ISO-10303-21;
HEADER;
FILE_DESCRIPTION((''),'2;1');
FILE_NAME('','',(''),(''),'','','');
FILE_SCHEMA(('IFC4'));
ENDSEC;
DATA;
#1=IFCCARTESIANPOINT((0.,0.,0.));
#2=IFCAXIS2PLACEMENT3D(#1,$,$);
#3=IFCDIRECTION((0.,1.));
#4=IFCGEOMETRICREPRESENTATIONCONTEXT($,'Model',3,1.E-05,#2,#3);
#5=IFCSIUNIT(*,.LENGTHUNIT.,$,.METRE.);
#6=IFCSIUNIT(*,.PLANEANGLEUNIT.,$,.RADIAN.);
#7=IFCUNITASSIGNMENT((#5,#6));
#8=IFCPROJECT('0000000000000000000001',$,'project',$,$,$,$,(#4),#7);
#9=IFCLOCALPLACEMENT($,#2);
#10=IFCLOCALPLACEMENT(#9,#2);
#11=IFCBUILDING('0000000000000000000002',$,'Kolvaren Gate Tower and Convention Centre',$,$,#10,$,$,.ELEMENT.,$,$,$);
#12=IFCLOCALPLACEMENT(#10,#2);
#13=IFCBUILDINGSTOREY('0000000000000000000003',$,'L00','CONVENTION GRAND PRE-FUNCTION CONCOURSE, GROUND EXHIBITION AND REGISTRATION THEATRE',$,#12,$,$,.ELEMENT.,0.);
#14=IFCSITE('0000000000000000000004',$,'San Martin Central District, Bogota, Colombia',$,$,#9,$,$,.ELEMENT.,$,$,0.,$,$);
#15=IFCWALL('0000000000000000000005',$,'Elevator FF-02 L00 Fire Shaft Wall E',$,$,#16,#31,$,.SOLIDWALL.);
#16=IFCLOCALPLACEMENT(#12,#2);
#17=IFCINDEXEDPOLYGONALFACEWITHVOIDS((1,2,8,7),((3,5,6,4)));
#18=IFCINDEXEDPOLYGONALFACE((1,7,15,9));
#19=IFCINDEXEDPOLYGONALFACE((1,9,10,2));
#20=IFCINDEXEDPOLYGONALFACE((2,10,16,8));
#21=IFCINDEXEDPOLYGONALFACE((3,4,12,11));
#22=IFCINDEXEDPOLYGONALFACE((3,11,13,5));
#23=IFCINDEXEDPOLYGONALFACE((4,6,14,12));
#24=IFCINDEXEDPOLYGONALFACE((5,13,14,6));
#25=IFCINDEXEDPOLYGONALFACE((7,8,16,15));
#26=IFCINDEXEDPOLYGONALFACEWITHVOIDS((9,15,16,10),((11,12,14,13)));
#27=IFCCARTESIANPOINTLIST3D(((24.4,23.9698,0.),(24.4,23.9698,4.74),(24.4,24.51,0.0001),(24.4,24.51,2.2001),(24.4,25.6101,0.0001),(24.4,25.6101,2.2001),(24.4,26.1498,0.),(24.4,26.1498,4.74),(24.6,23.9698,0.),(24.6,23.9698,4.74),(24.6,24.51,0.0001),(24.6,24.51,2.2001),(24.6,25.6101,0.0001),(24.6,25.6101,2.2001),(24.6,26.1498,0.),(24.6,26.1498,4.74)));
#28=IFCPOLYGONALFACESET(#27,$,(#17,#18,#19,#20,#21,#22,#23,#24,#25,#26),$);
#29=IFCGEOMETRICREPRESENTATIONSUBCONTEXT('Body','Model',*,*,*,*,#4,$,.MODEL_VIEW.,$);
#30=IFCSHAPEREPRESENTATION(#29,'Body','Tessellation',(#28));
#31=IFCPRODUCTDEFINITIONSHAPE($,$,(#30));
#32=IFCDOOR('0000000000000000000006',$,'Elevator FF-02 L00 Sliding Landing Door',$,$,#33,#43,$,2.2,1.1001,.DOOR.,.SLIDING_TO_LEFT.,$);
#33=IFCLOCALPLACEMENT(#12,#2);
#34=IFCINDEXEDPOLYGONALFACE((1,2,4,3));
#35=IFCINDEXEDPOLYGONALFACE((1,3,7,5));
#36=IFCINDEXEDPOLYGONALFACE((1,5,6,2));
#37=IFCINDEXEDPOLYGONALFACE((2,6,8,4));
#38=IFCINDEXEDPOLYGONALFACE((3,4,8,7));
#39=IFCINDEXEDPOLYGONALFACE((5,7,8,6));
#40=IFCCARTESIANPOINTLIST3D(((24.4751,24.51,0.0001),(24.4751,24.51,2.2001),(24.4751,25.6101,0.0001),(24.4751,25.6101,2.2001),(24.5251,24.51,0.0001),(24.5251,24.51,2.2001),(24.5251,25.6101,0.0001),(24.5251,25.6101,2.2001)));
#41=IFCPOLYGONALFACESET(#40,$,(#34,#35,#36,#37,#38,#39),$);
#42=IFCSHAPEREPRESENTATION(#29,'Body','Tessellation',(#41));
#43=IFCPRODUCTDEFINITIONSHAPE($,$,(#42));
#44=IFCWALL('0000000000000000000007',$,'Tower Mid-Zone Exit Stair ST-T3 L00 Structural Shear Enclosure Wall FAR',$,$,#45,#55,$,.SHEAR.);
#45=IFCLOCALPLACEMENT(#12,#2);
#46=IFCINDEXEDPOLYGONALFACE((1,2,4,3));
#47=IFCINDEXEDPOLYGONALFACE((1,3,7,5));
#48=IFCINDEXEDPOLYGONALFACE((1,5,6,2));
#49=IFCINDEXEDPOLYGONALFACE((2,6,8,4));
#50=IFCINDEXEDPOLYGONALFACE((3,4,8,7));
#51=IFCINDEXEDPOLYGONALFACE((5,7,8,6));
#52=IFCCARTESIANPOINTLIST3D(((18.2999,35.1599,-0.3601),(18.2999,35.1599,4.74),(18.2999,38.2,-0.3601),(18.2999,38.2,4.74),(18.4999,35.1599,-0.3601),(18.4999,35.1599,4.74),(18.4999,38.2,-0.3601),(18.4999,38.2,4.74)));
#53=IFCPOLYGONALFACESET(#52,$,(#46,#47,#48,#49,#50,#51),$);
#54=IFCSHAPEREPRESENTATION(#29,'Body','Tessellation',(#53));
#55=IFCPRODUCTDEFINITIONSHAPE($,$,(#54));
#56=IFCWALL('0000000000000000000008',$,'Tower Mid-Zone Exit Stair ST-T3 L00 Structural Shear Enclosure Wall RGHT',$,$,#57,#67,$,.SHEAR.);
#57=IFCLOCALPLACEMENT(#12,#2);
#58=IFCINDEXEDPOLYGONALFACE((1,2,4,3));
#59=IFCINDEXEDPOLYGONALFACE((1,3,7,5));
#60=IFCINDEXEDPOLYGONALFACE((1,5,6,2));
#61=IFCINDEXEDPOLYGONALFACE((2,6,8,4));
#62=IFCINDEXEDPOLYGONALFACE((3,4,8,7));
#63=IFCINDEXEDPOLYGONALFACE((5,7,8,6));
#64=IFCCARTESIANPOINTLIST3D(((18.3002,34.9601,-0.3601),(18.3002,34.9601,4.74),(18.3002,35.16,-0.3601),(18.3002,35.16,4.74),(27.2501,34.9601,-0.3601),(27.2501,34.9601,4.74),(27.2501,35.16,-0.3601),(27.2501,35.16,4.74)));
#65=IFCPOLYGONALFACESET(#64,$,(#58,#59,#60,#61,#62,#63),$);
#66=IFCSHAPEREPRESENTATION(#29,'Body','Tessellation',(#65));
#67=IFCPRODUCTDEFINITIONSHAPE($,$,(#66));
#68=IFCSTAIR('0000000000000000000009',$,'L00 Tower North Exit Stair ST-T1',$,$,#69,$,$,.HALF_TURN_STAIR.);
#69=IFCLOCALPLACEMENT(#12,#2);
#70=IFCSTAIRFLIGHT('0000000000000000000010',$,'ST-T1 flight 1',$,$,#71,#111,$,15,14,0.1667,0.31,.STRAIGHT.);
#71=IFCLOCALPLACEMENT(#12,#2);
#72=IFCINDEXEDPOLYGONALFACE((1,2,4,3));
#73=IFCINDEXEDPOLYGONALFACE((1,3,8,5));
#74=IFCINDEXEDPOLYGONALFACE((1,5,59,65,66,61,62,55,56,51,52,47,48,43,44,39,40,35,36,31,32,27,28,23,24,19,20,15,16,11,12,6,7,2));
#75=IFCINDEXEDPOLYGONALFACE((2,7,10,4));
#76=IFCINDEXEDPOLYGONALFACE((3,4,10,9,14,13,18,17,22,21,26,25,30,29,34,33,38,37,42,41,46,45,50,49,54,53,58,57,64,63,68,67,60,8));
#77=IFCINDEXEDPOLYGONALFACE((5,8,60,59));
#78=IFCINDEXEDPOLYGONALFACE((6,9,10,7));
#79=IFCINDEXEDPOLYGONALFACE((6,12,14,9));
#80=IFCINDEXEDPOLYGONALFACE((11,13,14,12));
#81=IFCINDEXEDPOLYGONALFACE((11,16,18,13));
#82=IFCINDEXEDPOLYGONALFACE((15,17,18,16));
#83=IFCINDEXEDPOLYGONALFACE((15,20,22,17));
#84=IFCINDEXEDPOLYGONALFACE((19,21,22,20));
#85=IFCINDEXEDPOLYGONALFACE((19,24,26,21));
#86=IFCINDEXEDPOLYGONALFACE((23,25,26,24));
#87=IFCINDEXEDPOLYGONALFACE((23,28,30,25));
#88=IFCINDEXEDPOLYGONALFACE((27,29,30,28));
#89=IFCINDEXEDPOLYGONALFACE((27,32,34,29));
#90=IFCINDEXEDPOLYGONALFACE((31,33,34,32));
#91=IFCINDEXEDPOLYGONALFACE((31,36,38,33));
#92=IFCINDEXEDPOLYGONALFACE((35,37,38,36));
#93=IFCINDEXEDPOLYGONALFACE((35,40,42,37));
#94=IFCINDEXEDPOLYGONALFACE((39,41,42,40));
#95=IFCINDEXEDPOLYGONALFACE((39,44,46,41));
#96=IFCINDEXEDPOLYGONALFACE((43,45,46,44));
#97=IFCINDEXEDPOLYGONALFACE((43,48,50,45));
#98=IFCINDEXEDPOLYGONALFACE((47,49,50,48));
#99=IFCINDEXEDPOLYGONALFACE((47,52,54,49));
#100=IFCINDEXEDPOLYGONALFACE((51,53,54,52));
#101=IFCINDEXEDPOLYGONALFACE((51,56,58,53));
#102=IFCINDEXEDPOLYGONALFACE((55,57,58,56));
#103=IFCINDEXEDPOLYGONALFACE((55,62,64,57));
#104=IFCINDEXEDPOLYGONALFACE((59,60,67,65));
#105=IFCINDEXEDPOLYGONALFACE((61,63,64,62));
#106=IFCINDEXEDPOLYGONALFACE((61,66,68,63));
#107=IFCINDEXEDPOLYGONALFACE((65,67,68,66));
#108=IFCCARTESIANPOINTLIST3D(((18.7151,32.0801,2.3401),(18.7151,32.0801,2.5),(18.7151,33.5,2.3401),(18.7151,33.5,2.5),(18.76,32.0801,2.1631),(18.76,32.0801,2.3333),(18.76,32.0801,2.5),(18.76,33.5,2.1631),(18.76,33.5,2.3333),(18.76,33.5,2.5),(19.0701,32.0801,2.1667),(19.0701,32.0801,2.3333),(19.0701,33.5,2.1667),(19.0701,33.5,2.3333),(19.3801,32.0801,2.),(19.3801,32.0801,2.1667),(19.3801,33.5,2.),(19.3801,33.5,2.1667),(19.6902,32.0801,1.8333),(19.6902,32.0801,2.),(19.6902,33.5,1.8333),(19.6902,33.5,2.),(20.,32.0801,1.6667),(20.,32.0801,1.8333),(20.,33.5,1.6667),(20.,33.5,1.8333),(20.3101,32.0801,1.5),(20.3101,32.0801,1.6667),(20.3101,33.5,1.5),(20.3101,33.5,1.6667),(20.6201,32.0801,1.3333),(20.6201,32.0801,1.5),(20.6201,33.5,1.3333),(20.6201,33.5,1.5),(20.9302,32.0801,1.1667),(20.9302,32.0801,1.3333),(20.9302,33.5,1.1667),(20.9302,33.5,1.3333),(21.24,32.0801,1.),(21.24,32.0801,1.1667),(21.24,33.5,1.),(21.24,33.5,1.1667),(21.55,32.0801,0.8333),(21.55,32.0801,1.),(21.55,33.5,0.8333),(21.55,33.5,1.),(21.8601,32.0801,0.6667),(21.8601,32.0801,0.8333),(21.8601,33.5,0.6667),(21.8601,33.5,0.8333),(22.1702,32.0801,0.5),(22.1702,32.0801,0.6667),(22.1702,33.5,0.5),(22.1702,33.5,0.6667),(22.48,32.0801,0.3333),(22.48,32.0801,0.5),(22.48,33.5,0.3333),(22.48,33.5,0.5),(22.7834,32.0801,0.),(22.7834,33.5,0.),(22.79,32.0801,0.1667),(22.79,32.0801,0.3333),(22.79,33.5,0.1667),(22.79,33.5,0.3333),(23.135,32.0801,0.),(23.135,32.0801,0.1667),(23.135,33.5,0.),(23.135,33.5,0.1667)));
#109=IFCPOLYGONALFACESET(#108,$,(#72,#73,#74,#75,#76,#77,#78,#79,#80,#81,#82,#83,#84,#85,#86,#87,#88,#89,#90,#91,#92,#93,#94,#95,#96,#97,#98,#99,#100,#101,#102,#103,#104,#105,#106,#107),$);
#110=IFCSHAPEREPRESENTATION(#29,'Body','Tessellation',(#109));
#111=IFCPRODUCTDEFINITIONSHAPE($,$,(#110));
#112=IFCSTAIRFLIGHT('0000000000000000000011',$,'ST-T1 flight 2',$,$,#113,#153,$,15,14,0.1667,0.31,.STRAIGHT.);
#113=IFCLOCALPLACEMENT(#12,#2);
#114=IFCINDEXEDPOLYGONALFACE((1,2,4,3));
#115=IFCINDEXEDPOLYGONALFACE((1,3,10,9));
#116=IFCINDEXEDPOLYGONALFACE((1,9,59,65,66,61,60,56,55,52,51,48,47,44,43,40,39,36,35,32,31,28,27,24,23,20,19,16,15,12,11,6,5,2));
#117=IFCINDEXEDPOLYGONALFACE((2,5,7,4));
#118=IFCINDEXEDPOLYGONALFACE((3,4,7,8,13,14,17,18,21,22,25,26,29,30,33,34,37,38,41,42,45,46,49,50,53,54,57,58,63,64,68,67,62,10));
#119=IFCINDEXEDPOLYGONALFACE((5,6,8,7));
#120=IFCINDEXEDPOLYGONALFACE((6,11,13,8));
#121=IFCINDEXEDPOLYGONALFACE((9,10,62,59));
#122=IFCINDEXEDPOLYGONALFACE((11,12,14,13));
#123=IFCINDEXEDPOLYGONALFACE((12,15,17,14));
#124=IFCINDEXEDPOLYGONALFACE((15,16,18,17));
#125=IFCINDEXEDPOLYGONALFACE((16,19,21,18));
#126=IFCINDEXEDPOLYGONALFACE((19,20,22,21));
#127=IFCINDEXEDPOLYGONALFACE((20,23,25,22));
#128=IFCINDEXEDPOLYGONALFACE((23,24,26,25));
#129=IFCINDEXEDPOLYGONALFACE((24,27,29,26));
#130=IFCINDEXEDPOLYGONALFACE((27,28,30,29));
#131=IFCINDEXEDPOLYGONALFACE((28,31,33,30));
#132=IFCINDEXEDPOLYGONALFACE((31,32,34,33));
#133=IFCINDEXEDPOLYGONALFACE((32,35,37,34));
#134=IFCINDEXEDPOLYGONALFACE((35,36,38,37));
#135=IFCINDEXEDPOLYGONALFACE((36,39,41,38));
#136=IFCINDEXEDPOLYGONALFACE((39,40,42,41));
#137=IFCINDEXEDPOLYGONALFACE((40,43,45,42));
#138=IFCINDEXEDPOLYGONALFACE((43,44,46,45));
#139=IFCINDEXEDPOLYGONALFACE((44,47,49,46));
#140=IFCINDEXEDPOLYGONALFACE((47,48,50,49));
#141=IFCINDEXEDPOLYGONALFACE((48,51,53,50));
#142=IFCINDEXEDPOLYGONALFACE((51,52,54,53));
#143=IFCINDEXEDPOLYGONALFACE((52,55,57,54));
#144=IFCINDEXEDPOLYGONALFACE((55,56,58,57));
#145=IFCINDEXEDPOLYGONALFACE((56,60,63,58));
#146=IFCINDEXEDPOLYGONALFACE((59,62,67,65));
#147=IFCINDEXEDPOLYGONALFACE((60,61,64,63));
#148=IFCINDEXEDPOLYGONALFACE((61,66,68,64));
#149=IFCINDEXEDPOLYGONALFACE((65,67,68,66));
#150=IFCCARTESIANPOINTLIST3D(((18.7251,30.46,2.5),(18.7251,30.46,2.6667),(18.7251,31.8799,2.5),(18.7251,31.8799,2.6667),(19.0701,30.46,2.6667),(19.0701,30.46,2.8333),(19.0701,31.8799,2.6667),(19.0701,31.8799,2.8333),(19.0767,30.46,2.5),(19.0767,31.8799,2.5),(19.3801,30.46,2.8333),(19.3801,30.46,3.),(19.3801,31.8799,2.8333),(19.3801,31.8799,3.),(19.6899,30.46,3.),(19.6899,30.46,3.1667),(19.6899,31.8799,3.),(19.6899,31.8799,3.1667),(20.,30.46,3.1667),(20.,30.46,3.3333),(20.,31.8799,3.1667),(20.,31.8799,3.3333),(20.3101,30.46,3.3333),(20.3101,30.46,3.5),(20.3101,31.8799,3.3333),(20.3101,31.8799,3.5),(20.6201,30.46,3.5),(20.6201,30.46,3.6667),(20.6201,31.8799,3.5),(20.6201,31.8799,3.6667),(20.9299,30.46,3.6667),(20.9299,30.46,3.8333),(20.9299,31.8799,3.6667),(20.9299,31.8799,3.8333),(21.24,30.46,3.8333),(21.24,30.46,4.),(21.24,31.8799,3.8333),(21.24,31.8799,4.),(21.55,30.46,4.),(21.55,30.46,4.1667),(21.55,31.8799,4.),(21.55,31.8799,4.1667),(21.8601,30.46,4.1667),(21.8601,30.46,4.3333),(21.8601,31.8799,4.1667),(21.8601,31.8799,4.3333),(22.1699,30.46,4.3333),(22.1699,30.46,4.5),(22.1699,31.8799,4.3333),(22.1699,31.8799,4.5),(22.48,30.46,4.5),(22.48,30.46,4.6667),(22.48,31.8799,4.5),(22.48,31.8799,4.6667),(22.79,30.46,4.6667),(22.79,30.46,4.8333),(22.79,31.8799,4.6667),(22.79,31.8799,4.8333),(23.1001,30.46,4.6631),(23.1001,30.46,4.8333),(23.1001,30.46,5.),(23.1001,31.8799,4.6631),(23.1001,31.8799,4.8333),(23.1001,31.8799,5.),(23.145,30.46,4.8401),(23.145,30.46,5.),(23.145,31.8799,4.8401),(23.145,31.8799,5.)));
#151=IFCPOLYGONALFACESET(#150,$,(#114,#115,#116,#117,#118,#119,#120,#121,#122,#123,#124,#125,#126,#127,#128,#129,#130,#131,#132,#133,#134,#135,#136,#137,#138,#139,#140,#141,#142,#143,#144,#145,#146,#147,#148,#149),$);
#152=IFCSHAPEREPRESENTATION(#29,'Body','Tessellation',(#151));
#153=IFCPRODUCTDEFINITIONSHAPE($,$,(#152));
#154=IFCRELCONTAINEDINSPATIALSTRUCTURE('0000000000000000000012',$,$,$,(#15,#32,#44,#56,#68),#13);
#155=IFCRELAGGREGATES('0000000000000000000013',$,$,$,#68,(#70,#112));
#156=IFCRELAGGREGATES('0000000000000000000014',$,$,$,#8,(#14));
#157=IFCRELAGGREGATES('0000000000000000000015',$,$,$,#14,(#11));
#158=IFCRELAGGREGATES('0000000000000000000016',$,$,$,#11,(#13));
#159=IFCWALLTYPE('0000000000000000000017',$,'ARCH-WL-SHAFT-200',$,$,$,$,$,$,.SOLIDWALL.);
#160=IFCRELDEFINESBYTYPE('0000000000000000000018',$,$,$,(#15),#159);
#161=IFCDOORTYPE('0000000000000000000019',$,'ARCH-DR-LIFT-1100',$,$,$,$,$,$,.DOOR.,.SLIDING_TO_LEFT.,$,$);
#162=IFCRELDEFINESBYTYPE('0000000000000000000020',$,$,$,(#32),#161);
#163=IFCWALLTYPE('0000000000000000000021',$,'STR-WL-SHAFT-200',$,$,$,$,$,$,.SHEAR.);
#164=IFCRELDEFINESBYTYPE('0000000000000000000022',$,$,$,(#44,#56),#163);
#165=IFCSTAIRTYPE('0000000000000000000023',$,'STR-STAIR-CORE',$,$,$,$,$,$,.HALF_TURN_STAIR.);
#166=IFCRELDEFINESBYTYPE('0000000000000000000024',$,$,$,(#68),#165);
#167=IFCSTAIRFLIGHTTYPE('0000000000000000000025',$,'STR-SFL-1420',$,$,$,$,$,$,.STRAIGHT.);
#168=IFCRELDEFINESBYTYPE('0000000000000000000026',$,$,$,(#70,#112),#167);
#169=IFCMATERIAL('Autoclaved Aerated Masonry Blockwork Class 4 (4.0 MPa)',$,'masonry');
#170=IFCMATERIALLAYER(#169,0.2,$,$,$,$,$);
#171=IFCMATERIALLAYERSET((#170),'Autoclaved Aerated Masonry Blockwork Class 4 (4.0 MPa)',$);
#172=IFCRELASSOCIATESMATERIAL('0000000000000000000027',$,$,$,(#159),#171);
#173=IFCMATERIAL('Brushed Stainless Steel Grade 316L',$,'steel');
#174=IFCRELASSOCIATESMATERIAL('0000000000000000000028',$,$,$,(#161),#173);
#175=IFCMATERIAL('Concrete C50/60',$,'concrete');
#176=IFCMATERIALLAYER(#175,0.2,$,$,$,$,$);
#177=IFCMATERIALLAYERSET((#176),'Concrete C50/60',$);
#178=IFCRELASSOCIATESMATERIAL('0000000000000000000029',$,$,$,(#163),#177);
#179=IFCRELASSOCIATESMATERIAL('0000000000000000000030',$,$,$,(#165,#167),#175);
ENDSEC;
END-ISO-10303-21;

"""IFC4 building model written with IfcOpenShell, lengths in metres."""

from ifc_helpers import new_model, si_unit, direction, frame, frame_2d, origin, place, context, subcontext, project, spatial, polyline, rectangle, outline, extrude, material, layer, layer_set, type_object, element, fill, aggregate, save


model = new_model("IFC4")

# Units and contexts
model_context = context("Model", 3, precision=1e-05, world=origin(), true_north=direction((0.0, 1.0)))
body_context = subcontext(model_context, "Body", "Model", "MODEL_VIEW")
ifc_project = project(units=[si_unit("LENGTHUNIT", "METRE"), si_unit("PLANEANGLEUNIT", "RADIAN")], contexts=[model_context])

# Site, building, storey
site_placement = place(None, origin())
site = spatial("IfcSite", under=ifc_project, at=site_placement, Name="San Martin Central District, Bogota, Colombia", CompositionType="ELEMENT", RefElevation=0.0)
building_placement = place(site_placement, origin())
building = spatial("IfcBuilding", under=site, at=building_placement, Name="Kolvaren Gate Tower and Convention Centre", CompositionType="ELEMENT")
storey_placement = place(building_placement, origin())
storey = spatial("IfcBuildingStorey", under=building, at=storey_placement, Name="L00", Description="CONVENTION GRAND PRE-FUNCTION CONCOURSE, GROUND EXHIBITION AND REGISTRATION THEATRE", CompositionType="ELEMENT", Elevation=0.0)

# Shared definitions
ifc_material_1 = material(Name="Autoclaved Aerated Masonry Blockwork Class 4 (4.0 MPa)", Category="masonry")
ifc_layer_1 = layer(ifc_material_1, 0.2)
ifc_layer_set_1 = layer_set([ifc_layer_1], Name="Autoclaved Aerated Masonry Blockwork Class 4 (4.0 MPa)")
wall_type_1 = type_object("IfcWallType", Name="ARCH-WL-SHAFT-200", PredefinedType="SOLIDWALL", material=ifc_layer_set_1)

# Shared definitions
ifc_material_2 = material(Name="Brushed Stainless Steel Grade 316L", Category="steel")
door_type = type_object("IfcDoorType", Name="ARCH-DR-LIFT-1100", OperationType="SLIDING_TO_LEFT", PredefinedType="DOOR", material=ifc_material_2)

# Wall, opening, door
wall_1_placement = place(storey_placement, frame((24.5, 23.97, 0.0), z_axis=(0.0, 0.0, 1.0), x_axis=(0.0, 1.0, 0.0)))
wall_1 = element("IfcWall", 1, at=wall_1_placement, inside=storey, type_object=wall_type_1, Name="Elevator FF-02 L00 Fire Shaft Wall E", PredefinedType="SOLIDWALL", context=body_context, shape_type="SweptSolid", body=[
    extrude(rectangle(XDim=2.1799, YDim=0.2, at=frame_2d((1.0898, 0.0))), origin(), (0.0, 0.0, 1.0), 4.74),
])
opening_1_placement = place(wall_1_placement, frame((0.54, 0.0, 0.0)))
opening_1 = element("IfcOpeningElement", 2, at=opening_1_placement, cuts=wall_1, PredefinedType="OPENING", context=body_context, shape_type="SweptSolid", body=[
    extrude(rectangle(XDim=1.1001, YDim=2.2, at=frame_2d((0.55, 1.1001))), frame((0.0, 0.1099, 0.0), z_axis=(0.0, -1.0, 0.0), x_axis=(1.0, 0.0, 0.0)), (0.0, 0.0, 1.0), 0.22),
])
door_1_placement = place(opening_1_placement, origin())
door_1 = element("IfcDoor", 3, at=door_1_placement, inside=storey, type_object=door_type, Name="Elevator FF-02 L00 Sliding Landing Door", OperationType="SLIDING_TO_LEFT", OverallHeight=2.2, OverallWidth=1.1001, PredefinedType="DOOR", context=body_context, shape_type="SweptSolid", body=[
    extrude(rectangle(XDim=1.1001, YDim=2.2, at=frame_2d((0.55, 1.1001))), frame((0.0, 0.0249, 0.0), z_axis=(0.0, -1.0, 0.0), x_axis=(1.0, 0.0, 0.0)), (0.0, 0.0, 1.0), 0.05),
])
fill(opening_1, door_1)

# Walls
ifc_material_3 = material(Name="Concrete C50/60", Category="concrete")
ifc_layer_2 = layer(ifc_material_3, 0.2)
ifc_layer_set_2 = layer_set([ifc_layer_2], Name="Concrete C50/60")
wall_type_2 = type_object("IfcWallType", Name="STR-WL-SHAFT-200", PredefinedType="SHEAR", material=ifc_layer_set_2)
wall_2_placement = place(storey_placement, frame((18.3999, 35.1599, -0.3601), z_axis=(0.0, 0.0, 1.0), x_axis=(0.0, 1.0, 0.0)))
element("IfcWall", 4, at=wall_2_placement, inside=storey, type_object=wall_type_2, Name="Tower Mid-Zone Exit Stair ST-T3 L00 Structural Shear Enclosure Wall FAR", PredefinedType="SHEAR", context=body_context, shape_type="SweptSolid", body=[
    extrude(rectangle(XDim=3.04, YDim=0.2, at=frame_2d((1.52, 0.0))), origin(), (0.0, 0.0, 1.0), 5.1001),
])
wall_3_placement = place(storey_placement, frame((18.3, 35.0601, -0.3601), z_axis=(0.0, 0.0, 1.0), x_axis=(1.0, 0.0, 0.0)))
element("IfcWall", 5, at=wall_3_placement, inside=storey, type_object=wall_type_2, Name="Tower Mid-Zone Exit Stair ST-T3 L00 Structural Shear Enclosure Wall RGHT", PredefinedType="SHEAR", context=body_context, shape_type="SweptSolid", body=[
    extrude(rectangle(XDim=8.95, YDim=0.2, at=frame_2d((4.4751, 0.0))), origin(), (0.0, 0.0, 1.0), 5.1001),
])

# Stair, stair flights
stair_type = type_object("IfcStairType", Name="STR-STAIR-CORE", PredefinedType="HALF_TURN_STAIR", material=ifc_material_3)
stair_1_placement = place(storey_placement, origin())
stair_1 = element("IfcStair", 6, at=stair_1_placement, inside=storey, type_object=stair_type, Name="L00 Tower North Exit Stair ST-T1", PredefinedType="HALF_TURN_STAIR")
stair_flight_type = type_object("IfcStairFlightType", Name="STR-SFL-1420", PredefinedType="STRAIGHT", material=ifc_material_3)
stair_flight_1_placement = place(storey_placement, frame((23.1001, 32.79, 0.0), z_axis=(0.0, 0.0, 1.0), x_axis=(-1.0, 0.0, 0.0)))
stair_flight_1 = element("IfcStairFlight", 7, at=stair_flight_1_placement, type_object=stair_flight_type, Name="ST-T1 flight 1", NumberOfRisers=15, NumberOfTreads=14, PredefinedType="STRAIGHT", RiserHeight=0.1667, TreadLength=0.31, context=body_context, shape_type="SweptSolid", body=[
    extrude(outline(polyline([(-0.0349, 0.0), (-0.0349, 0.1667), (0.3101, 0.1667), (0.3101, 0.3333), (0.6201, 0.3333), (0.6201, 0.5), (0.9299, 0.5), (0.9299, 0.6667), (1.24, 0.6667), (1.24, 0.8333), (1.55, 0.8333), (1.55, 1.0), (1.8601, 1.0), (1.8601, 1.1667), (2.1699, 1.1667), (2.1699, 1.3333), (2.48, 1.3333), (2.48, 1.5), (2.79, 1.5), (2.79, 1.6667), (3.1001, 1.6667), (3.1001, 1.8333), (3.4099, 1.8333), (3.4099, 2.0), (3.72, 2.0), (3.72, 2.1667), (4.03, 2.1667), (4.03, 2.3333), (4.3401, 2.3333), (4.3401, 2.5), (4.385, 2.5), (4.385, 2.3401), (4.3401, 2.1631), (0.3167, 0.0), (-0.0349, 0.0)])), frame((0.0, 0.71, 0.0), z_axis=(0.0, -1.0, 0.0), x_axis=(1.0, 0.0, 0.0)), (0.0, 0.0, 1.0), 1.4199),
])
stair_flight_2_placement = place(storey_placement, frame((18.76, 31.1699, 2.5), z_axis=(0.0, 0.0, 1.0), x_axis=(1.0, 0.0, 0.0)))
stair_flight_2 = element("IfcStairFlight", 8, at=stair_flight_2_placement, type_object=stair_flight_type, Name="ST-T1 flight 2", NumberOfRisers=15, NumberOfTreads=14, PredefinedType="STRAIGHT", RiserHeight=0.1667, TreadLength=0.31, context=body_context, shape_type="SweptSolid", body=[
    extrude(outline(polyline([(-0.0349, 0.0), (-0.0349, 0.1667), (0.3101, 0.1667), (0.3101, 0.3333), (0.6201, 0.3333), (0.6201, 0.5), (0.9299, 0.5), (0.9299, 0.6667), (1.24, 0.6667), (1.24, 0.8333), (1.55, 0.8333), (1.55, 1.0), (1.8601, 1.0), (1.8601, 1.1667), (2.1699, 1.1667), (2.1699, 1.3333), (2.48, 1.3333), (2.48, 1.5), (2.79, 1.5), (2.79, 1.6667), (3.1001, 1.6667), (3.1001, 1.8333), (3.4099, 1.8333), (3.4099, 2.0), (3.72, 2.0), (3.72, 2.1667), (4.03, 2.1667), (4.03, 2.3333), (4.3401, 2.3333), (4.3401, 2.5), (4.385, 2.5), (4.385, 2.3401), (4.3401, 2.1631), (0.3167, 0.0), (-0.0349, 0.0)])), frame((0.0, 0.71, 0.0), z_axis=(0.0, -1.0, 0.0), x_axis=(1.0, 0.0, 0.0)), (0.0, 0.0, 1.0), 1.4199),
])
aggregate(stair_1, [stair_flight_1, stair_flight_2])

save(model, "model.ifc")
